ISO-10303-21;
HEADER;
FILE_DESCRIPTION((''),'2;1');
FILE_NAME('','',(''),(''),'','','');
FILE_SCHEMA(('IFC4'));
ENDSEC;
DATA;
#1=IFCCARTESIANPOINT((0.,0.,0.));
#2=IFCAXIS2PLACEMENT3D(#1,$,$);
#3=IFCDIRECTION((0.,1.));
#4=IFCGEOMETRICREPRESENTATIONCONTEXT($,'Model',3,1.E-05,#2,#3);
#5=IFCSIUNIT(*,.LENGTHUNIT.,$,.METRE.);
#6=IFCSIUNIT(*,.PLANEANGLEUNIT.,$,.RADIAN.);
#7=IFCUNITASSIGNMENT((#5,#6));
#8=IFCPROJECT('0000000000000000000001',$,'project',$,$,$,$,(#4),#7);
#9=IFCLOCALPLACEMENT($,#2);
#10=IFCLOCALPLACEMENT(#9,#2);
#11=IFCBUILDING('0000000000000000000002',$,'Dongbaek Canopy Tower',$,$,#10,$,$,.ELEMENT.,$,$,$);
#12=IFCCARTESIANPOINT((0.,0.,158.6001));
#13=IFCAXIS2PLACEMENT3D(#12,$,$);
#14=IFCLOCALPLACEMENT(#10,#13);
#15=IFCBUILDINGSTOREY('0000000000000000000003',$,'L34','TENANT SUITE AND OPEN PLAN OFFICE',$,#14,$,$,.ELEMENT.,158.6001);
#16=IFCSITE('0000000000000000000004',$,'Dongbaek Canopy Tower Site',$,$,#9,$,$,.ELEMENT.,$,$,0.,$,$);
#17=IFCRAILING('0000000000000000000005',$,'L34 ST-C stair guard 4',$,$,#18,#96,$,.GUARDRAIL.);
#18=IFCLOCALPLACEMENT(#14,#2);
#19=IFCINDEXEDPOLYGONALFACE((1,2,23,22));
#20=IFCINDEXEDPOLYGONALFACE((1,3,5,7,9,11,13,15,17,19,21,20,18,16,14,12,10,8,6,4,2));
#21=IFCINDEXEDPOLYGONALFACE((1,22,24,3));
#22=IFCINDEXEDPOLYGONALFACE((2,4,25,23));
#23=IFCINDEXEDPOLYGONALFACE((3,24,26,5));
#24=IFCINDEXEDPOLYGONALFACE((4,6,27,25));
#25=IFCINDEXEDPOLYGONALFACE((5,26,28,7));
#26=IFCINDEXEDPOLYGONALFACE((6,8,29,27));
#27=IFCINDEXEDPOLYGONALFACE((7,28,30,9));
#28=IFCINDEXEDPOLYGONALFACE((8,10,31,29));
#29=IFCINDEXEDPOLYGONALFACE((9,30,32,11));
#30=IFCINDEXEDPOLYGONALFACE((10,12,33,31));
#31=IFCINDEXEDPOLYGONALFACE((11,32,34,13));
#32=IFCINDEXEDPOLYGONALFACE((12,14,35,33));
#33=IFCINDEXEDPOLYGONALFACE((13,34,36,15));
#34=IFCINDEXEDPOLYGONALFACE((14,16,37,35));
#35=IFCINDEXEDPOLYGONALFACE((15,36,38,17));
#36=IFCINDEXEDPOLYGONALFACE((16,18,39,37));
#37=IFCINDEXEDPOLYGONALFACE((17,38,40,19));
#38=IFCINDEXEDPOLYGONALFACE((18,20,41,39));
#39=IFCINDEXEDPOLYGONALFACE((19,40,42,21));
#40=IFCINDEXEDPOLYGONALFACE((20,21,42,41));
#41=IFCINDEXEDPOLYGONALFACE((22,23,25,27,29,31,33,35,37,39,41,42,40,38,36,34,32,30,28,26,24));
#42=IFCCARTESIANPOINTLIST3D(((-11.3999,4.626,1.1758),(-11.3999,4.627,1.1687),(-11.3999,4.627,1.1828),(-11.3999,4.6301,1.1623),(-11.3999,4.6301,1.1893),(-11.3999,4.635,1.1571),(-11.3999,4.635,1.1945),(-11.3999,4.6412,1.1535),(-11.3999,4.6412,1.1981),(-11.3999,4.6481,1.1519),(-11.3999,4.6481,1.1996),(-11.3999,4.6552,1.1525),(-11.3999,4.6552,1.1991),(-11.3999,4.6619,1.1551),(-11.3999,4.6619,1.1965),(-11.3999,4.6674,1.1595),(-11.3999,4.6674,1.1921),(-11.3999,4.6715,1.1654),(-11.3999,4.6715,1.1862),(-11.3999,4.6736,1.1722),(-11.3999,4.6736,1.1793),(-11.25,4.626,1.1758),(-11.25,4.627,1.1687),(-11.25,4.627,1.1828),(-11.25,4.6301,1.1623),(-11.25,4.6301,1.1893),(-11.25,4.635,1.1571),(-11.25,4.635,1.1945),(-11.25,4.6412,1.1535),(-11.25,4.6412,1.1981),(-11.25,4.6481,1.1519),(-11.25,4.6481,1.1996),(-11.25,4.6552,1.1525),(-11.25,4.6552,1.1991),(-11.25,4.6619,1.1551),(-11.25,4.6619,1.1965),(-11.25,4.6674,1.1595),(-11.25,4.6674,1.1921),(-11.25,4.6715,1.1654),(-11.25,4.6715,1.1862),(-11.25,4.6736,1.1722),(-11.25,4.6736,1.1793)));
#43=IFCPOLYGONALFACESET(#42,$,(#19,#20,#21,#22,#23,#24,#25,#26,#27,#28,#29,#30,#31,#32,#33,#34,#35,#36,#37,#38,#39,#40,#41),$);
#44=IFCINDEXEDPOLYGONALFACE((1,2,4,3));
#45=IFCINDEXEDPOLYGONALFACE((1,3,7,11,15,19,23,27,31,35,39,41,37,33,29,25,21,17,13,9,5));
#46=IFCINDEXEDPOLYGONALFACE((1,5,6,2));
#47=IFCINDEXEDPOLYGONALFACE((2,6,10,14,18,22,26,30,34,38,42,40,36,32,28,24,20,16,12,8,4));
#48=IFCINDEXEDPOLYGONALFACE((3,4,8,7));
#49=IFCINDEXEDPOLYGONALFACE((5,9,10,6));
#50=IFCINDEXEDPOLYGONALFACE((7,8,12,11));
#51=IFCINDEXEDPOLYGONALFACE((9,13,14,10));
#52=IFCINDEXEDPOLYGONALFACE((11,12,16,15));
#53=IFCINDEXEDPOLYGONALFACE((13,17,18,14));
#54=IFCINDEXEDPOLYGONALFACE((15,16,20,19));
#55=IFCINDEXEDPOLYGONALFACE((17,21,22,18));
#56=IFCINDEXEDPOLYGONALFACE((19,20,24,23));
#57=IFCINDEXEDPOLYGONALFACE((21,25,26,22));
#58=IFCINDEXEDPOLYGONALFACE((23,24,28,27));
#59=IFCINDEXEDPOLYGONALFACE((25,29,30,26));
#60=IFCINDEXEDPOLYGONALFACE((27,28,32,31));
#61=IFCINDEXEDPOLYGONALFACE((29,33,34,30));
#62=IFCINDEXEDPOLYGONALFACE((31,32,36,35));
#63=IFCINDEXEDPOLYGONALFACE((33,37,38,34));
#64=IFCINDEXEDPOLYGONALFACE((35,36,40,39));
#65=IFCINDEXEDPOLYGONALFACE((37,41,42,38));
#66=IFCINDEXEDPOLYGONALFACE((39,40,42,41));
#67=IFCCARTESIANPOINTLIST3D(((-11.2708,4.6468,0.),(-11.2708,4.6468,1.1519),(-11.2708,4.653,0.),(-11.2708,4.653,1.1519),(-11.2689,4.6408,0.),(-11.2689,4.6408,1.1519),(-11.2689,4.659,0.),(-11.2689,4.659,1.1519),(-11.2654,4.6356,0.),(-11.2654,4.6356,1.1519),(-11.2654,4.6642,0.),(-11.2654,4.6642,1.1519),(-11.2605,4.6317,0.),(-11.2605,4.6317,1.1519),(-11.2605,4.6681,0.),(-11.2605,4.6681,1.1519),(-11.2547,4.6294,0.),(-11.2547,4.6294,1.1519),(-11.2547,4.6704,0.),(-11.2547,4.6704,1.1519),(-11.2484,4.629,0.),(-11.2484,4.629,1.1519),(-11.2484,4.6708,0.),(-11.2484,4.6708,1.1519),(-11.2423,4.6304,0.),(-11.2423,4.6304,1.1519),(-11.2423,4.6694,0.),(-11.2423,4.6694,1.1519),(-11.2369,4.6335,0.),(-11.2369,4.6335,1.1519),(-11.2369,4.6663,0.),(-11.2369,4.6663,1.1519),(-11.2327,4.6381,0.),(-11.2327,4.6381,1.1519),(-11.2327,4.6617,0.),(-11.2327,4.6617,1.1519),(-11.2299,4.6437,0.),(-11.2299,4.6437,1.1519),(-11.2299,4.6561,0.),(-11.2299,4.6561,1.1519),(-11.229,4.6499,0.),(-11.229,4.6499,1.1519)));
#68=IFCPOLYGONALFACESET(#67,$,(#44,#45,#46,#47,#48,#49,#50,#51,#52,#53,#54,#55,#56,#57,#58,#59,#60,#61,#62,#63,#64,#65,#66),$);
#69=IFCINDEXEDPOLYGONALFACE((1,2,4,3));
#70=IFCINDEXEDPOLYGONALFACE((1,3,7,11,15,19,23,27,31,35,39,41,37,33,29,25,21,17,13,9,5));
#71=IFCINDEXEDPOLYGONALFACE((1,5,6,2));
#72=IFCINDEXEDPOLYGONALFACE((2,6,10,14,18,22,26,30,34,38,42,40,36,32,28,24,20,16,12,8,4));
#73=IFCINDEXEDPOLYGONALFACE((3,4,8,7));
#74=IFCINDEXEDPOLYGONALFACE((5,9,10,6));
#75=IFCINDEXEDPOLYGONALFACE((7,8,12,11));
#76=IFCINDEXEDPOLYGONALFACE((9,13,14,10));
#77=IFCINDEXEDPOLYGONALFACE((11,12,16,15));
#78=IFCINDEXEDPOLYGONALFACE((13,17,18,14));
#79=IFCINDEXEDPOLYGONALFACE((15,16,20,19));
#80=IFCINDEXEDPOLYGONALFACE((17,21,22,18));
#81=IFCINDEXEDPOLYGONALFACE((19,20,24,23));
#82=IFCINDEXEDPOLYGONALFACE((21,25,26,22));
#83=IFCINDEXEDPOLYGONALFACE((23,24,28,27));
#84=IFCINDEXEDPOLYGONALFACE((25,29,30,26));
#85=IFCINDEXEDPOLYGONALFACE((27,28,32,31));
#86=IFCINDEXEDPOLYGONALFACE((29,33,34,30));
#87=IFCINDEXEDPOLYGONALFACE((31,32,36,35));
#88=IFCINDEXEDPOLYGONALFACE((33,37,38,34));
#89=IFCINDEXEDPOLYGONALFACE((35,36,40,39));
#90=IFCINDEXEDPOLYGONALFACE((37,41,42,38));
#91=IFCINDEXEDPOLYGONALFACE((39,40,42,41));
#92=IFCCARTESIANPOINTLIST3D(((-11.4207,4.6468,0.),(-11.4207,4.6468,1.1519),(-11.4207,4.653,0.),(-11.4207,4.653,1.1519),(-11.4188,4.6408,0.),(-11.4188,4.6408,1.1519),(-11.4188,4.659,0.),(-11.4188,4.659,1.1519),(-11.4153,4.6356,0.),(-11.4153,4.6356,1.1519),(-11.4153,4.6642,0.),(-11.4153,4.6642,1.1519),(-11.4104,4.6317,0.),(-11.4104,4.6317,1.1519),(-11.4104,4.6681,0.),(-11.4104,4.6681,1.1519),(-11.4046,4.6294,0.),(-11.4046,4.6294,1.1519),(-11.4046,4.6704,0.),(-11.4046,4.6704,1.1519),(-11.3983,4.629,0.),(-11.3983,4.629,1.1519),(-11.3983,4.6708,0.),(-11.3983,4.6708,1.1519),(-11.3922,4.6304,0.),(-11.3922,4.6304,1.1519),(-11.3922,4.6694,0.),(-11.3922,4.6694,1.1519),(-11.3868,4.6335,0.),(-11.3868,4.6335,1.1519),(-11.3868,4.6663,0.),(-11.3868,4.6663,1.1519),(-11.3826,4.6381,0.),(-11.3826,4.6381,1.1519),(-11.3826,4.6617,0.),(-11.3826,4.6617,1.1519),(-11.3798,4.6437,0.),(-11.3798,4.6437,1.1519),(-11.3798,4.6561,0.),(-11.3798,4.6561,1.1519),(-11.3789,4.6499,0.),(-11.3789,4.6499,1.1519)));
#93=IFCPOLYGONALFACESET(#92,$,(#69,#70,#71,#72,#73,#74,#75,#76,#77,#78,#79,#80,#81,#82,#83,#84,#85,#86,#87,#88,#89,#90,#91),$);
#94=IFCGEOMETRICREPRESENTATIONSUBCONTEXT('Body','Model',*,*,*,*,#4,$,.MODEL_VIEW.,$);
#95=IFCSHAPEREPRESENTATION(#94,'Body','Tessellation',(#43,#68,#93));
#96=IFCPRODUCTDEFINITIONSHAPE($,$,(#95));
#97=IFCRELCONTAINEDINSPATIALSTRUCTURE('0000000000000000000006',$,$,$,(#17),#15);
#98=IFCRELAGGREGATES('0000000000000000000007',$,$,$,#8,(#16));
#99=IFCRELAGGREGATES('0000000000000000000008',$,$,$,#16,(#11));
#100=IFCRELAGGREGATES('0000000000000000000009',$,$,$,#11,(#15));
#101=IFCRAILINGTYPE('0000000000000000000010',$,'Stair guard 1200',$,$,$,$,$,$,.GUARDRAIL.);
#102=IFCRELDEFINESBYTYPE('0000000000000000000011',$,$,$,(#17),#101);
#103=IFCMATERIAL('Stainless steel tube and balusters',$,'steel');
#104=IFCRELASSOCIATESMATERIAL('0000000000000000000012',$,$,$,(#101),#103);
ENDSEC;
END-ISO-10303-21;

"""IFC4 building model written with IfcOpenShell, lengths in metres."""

from ifc_helpers import new_model, si_unit, direction, frame, origin, origin_2d, place, context, subcontext, project, spatial, circle, extrude, material, type_object, element, save


model = new_model("IFC4")

# Units and contexts
model_context = context("Model", 3, precision=1e-05, world=origin(), true_north=direction((0.0, 1.0)))
body_context = subcontext(model_context, "Body", "Model", "MODEL_VIEW")
ifc_project = project(units=[si_unit("LENGTHUNIT", "METRE"), si_unit("PLANEANGLEUNIT", "RADIAN")], contexts=[model_context])

# Site, building, storey
site_placement = place(None, origin())
site = spatial("IfcSite", under=ifc_project, at=site_placement, Name="Dongbaek Canopy Tower Site", CompositionType="ELEMENT", RefElevation=0.0)
building_placement = place(site_placement, origin())
building = spatial("IfcBuilding", under=site, at=building_placement, Name="Dongbaek Canopy Tower", CompositionType="ELEMENT")
storey_placement = place(building_placement, frame((0.0, 0.0, 158.6001)))
storey = spatial("IfcBuildingStorey", under=building, at=storey_placement, Name="L34", Description="TENANT SUITE AND OPEN PLAN OFFICE", CompositionType="ELEMENT", Elevation=158.6001)

# Railing
ifc_material_1 = material(Name="Stainless steel tube and balusters", Category="steel")
railing_type_1 = type_object("IfcRailingType", Name="Stair guard 1200", PredefinedType="GUARDRAIL", material=ifc_material_1)
railing_1_placement = place(storey_placement, frame((-11.25, 4.6499, 0.0)))
element("IfcRailing", 1, at=railing_1_placement, inside=storey, type_object=railing_type_1, Name="L34 ST-C stair guard 4", PredefinedType="GUARDRAIL", context=body_context, shape_type="SweptSolid", body=[
    extrude(circle(Radius=0.0239, at=origin_2d()), frame((0.0, 0.0, 1.1758), z_axis=(-1.0, 0.0, 0.0), x_axis=(0.0, -1.0, 0.0)), (0.0, 0.0, 1.0), 0.1499),
    extrude(circle(Radius=0.021, at=origin_2d()), origin(), (0.0, 0.0, 1.0), 1.1519),
    extrude(circle(Radius=0.021, at=origin_2d()), frame((-0.1499, 0.0, 0.0)), (0.0, 0.0, 1.0), 1.1519),
])

save(model, "model.ifc")
